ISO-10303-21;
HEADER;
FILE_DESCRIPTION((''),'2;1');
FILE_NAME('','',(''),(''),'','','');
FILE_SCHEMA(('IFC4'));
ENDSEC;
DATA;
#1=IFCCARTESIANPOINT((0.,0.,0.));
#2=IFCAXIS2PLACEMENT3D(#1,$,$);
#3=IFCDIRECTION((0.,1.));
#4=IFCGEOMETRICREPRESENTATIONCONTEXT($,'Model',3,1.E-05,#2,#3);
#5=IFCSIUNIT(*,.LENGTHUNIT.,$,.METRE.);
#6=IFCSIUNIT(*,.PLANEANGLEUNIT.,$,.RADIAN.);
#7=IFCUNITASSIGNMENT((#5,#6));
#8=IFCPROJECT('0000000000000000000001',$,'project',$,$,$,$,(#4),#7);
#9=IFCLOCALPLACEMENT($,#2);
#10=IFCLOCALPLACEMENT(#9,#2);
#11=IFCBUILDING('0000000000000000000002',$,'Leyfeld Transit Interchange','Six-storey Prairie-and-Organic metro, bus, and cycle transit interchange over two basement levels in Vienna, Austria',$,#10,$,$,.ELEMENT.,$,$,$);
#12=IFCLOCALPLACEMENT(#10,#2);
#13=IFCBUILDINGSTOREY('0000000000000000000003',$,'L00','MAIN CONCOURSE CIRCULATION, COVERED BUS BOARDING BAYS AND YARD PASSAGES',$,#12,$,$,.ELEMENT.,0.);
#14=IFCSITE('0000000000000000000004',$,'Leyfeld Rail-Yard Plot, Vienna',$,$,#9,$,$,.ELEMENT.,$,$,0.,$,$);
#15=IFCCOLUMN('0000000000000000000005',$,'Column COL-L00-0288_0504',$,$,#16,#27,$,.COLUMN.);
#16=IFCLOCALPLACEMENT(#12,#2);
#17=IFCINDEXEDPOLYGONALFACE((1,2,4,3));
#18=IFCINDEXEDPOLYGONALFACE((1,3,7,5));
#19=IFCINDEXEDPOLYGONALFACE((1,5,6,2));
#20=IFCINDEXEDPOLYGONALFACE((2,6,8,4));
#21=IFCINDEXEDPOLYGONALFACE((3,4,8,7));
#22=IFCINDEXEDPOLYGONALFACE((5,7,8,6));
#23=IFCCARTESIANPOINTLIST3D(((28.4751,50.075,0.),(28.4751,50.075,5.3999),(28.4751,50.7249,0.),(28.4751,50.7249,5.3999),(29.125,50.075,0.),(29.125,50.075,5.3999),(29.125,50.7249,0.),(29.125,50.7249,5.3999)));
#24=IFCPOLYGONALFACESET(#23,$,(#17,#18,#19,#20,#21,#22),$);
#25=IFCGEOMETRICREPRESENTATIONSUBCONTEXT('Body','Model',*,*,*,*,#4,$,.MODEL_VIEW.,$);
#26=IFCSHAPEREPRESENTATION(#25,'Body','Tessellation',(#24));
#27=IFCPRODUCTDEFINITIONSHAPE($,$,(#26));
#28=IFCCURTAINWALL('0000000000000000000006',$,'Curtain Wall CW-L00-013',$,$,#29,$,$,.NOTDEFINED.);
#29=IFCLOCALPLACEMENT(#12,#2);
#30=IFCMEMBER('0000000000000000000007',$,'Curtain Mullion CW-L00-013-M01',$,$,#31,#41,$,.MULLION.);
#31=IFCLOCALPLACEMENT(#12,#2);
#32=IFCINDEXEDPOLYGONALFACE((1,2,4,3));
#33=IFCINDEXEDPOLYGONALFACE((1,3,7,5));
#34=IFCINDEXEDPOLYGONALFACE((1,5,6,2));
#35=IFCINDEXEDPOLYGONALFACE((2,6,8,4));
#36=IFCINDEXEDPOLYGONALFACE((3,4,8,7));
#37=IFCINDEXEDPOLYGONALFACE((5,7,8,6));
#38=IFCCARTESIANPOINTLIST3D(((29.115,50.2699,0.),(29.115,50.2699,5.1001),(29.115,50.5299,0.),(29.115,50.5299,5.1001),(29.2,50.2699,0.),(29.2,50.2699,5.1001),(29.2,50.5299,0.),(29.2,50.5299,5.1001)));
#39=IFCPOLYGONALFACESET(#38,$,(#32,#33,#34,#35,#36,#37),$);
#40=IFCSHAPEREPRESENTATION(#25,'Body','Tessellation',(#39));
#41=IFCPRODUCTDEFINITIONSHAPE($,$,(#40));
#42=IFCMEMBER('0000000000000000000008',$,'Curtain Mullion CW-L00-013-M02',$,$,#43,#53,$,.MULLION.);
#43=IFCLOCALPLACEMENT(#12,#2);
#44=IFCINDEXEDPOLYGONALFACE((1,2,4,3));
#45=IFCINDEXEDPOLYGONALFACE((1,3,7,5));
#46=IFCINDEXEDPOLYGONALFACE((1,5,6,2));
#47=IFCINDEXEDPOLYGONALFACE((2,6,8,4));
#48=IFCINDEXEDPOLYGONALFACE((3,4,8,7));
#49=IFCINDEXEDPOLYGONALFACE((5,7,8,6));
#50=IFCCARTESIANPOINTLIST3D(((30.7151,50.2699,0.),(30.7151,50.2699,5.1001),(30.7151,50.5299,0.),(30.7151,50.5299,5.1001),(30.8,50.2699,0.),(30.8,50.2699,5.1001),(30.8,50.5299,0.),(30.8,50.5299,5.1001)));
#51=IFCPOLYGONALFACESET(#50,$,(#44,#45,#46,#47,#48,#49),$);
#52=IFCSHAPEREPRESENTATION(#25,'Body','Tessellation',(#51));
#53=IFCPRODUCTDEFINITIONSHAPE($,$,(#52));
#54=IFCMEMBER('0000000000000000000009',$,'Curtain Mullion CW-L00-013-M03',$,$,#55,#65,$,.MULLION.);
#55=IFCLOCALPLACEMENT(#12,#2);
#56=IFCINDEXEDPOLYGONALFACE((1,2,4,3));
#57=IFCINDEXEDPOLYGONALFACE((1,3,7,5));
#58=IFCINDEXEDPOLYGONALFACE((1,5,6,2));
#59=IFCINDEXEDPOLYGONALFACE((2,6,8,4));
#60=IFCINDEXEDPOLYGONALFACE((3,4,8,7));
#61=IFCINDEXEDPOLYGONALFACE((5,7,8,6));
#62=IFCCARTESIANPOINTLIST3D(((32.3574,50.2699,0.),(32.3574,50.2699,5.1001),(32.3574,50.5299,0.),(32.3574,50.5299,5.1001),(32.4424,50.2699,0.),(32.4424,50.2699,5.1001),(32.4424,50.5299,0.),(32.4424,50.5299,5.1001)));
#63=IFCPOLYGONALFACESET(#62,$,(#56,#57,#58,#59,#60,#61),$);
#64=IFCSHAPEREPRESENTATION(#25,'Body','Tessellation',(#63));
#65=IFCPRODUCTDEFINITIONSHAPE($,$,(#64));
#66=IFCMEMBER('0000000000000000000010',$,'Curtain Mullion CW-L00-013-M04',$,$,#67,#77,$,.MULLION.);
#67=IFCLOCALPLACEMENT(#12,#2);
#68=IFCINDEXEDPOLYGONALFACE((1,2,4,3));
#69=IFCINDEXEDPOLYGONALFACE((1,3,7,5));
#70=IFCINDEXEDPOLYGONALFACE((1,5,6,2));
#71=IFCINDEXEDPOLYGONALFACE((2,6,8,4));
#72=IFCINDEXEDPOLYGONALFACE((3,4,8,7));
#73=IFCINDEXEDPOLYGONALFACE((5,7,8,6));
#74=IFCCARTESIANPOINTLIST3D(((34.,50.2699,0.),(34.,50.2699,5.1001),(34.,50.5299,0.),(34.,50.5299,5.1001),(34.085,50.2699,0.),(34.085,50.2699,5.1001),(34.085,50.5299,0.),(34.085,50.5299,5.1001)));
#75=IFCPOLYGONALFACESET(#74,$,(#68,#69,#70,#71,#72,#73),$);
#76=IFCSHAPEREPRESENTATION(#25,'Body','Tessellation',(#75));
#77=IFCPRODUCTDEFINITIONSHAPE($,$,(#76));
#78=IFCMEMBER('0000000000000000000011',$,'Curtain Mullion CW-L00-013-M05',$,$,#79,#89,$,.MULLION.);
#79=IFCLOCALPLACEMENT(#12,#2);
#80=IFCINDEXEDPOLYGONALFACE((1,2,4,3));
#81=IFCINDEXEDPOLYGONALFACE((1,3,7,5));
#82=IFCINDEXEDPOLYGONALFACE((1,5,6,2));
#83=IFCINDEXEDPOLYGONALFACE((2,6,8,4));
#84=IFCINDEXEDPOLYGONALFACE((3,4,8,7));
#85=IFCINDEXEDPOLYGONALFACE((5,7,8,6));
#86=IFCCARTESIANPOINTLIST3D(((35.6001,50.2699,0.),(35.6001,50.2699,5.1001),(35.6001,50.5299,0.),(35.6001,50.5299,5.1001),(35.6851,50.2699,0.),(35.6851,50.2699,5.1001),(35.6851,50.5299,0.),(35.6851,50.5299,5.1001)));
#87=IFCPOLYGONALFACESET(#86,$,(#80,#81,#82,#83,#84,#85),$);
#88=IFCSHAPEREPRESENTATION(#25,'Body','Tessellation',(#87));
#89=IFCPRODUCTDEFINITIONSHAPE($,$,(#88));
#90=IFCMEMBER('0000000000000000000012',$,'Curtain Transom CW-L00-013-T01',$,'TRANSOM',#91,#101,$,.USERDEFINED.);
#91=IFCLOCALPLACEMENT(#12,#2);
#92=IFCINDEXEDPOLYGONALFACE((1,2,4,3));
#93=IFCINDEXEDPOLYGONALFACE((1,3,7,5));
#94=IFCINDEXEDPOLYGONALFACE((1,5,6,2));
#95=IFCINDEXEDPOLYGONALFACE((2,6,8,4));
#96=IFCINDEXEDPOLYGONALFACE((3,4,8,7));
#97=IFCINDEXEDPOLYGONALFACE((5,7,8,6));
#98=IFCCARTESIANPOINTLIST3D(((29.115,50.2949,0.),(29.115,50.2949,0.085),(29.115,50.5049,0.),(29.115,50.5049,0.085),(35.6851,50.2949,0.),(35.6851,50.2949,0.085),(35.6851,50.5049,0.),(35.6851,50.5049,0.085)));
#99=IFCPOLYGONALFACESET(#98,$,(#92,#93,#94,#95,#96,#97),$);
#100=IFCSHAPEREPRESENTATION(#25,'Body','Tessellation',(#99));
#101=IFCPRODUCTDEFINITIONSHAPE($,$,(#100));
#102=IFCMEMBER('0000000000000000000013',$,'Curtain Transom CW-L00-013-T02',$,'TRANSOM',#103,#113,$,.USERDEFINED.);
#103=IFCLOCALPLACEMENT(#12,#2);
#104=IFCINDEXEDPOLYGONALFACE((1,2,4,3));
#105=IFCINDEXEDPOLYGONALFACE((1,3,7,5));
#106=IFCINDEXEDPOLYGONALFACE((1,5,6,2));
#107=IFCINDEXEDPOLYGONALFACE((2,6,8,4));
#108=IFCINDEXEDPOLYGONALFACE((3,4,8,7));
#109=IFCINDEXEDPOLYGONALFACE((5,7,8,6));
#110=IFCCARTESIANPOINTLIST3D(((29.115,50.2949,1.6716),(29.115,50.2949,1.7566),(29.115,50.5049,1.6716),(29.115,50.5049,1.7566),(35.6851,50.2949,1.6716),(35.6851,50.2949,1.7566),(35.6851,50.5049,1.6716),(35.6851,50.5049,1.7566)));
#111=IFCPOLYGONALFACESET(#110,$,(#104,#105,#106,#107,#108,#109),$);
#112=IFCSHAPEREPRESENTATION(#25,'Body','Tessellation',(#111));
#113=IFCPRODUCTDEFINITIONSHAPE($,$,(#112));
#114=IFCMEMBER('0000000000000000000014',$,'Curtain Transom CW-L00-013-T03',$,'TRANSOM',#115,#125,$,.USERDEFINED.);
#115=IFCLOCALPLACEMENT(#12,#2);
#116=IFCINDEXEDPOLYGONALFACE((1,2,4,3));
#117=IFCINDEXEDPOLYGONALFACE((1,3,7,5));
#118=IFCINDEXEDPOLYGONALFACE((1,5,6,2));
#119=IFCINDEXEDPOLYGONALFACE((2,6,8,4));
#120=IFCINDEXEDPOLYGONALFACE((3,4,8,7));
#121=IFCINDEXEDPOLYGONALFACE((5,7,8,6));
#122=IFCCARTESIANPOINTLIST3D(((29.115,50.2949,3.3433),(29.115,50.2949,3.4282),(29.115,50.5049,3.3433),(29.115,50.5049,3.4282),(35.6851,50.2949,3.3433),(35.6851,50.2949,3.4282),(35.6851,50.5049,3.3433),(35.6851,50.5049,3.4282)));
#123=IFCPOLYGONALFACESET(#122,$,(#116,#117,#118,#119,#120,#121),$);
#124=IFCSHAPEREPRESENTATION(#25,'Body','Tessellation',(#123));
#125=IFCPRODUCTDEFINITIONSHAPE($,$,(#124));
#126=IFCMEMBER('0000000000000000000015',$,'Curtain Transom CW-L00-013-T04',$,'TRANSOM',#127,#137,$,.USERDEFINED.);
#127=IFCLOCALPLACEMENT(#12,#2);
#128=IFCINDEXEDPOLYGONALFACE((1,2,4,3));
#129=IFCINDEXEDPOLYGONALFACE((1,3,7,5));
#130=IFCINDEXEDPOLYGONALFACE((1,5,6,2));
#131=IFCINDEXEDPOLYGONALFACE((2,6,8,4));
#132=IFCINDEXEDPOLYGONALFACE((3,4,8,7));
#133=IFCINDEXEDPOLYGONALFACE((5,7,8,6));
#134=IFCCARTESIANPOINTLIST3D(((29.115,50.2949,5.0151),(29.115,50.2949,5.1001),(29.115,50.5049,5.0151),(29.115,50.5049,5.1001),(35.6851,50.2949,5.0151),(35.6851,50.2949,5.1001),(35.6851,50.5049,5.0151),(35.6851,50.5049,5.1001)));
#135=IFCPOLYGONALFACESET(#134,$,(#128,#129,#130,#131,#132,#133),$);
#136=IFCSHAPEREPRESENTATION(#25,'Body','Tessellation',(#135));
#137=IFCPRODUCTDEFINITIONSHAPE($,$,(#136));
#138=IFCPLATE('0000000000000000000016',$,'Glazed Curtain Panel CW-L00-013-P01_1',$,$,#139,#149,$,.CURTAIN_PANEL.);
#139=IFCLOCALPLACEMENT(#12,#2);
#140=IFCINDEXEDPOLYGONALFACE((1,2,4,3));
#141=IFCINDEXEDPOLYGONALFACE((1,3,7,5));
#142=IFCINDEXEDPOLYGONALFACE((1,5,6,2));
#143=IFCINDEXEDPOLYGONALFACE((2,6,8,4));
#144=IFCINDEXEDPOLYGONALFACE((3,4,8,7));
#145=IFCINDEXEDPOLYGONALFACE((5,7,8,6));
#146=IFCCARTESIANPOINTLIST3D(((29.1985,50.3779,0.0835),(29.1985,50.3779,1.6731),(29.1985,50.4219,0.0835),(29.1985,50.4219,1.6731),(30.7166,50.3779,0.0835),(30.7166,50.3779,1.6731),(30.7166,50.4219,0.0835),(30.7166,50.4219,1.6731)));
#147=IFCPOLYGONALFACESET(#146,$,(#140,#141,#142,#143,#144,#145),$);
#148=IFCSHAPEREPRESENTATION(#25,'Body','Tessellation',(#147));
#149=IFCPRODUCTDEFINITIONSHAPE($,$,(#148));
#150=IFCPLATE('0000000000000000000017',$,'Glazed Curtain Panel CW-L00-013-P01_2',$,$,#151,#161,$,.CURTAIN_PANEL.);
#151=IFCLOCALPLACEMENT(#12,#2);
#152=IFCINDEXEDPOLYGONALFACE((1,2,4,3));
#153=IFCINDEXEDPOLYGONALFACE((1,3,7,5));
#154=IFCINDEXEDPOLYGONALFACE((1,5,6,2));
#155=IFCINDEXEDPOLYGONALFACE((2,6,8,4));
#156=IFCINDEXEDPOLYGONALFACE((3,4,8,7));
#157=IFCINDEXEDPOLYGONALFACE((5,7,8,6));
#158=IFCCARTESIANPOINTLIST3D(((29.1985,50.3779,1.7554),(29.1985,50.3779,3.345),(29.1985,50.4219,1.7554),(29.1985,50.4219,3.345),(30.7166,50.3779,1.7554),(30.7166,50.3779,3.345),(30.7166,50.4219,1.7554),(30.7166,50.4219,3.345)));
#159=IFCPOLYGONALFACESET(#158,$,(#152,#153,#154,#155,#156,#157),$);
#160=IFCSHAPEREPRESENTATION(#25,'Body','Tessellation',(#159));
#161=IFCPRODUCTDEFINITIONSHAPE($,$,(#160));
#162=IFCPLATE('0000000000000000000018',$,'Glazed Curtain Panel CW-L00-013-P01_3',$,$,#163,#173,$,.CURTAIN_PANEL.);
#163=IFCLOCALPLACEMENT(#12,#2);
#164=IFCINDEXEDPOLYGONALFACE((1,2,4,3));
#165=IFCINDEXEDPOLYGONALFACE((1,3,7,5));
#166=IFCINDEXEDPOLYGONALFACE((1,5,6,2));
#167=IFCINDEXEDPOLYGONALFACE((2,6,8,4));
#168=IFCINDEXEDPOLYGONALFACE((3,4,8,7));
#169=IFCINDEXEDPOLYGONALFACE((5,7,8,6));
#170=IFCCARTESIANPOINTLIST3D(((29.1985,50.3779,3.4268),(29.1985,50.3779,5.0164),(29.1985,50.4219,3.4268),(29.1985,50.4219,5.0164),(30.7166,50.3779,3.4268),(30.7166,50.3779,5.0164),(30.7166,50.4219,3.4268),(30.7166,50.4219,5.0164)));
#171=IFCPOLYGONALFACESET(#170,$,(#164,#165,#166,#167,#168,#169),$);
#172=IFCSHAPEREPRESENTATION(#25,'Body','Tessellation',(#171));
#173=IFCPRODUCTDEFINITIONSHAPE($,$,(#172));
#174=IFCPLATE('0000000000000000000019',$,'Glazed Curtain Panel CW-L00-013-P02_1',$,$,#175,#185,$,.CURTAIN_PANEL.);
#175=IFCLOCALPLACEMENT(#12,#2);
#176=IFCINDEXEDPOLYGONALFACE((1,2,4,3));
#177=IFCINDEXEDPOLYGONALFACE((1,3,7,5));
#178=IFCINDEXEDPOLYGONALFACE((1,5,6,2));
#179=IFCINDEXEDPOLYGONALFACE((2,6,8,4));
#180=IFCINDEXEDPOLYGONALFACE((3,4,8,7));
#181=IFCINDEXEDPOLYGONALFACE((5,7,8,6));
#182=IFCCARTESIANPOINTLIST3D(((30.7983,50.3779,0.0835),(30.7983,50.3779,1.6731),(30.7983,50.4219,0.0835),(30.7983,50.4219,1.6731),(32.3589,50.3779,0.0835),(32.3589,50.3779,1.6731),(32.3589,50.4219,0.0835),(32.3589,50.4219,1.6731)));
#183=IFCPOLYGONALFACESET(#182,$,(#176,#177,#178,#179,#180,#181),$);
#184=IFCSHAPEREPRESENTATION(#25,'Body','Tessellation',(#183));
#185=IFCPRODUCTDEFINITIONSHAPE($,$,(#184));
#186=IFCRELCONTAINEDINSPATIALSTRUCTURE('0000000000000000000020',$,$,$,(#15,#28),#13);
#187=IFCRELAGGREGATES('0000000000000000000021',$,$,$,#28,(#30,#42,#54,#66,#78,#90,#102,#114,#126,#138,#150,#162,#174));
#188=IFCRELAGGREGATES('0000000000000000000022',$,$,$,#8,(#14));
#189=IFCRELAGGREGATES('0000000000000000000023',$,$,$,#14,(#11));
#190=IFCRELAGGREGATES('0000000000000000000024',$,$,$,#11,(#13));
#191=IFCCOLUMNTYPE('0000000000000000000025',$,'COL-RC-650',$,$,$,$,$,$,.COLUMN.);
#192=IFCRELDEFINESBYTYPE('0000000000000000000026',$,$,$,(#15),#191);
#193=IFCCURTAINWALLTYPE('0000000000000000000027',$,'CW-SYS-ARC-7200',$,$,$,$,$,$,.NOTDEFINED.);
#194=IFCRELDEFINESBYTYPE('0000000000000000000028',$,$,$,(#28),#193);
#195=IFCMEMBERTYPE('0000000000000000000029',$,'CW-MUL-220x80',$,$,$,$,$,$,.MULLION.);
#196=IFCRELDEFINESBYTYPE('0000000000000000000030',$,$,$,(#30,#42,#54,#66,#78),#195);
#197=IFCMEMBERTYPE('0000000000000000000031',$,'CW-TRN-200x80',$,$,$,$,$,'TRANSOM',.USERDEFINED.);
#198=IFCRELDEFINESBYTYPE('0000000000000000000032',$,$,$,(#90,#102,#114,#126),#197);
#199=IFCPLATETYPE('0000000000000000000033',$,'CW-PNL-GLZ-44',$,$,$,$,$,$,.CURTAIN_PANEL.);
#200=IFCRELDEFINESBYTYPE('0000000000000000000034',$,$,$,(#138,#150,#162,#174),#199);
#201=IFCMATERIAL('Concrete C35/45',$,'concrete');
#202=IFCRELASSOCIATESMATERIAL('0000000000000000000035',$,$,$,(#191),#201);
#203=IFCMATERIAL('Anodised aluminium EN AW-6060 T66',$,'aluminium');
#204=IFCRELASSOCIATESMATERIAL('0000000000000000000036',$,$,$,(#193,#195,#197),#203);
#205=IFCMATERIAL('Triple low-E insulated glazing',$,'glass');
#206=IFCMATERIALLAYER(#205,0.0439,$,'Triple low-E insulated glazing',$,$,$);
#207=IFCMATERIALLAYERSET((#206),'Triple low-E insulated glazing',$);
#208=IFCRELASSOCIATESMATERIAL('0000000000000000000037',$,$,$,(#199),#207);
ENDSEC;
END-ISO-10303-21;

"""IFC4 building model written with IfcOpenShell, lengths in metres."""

from ifc_helpers import new_model, si_unit, direction, frame, origin, origin_2d, place, context, subcontext, project, spatial, rectangle, extrude, material, layer, layer_set, material_profile, profile_set, type_object, element, aggregate, save


model = new_model("IFC4")

# Units and contexts
model_context = context("Model", 3, precision=1e-05, world=origin(), true_north=direction((0.0, 1.0)))
body_context = subcontext(model_context, "Body", "Model", "MODEL_VIEW")
ifc_project = project(units=[si_unit("LENGTHUNIT", "METRE"), si_unit("PLANEANGLEUNIT", "RADIAN")], contexts=[model_context])

# Site, building, storey
site_placement = place(None, origin())
site = spatial("IfcSite", under=ifc_project, at=site_placement, Name="Leyfeld Rail-Yard Plot, Vienna", CompositionType="ELEMENT", RefElevation=0.0)
building_placement = place(site_placement, origin())
building = spatial("IfcBuilding", under=site, at=building_placement, Name="Leyfeld Transit Interchange", Description="Six-storey Prairie-and-Organic metro, bus, and cycle transit interchange over two basement levels in Vienna, Austria", CompositionType="ELEMENT")
storey_placement = place(building_placement, origin())
storey = spatial("IfcBuildingStorey", under=building, at=storey_placement, Name="L00", Description="MAIN CONCOURSE CIRCULATION, COVERED BUS BOARDING BAYS AND YARD PASSAGES", CompositionType="ELEMENT", Elevation=0.0)

# Column
ifc_material_1 = material(Name="Concrete C35/45", Category="concrete")
ifc_material_profile_1 = material_profile(ifc_material_1, rectangle(XDim=0.6499, YDim=0.6499, at=origin_2d()), Name="RC 650x650")
ifc_profile_set_1 = profile_set([ifc_material_profile_1], Name="Concrete C35/45")
column_type = type_object("IfcColumnType", Name="COL-RC-650", PredefinedType="COLUMN", material=ifc_profile_set_1)
column_placement = place(storey_placement, frame((28.8, 50.3999, 0.0), z_axis=(0.0, 0.0, 1.0), x_axis=(1.0, 0.0, 0.0)))
element("IfcColumn", 1, at=column_placement, inside=storey, type_object=column_type, Name="Column COL-L00-0288_0504", PredefinedType="COLUMN", context=body_context, shape_type="SweptSolid", body=[
    extrude(rectangle(XDim=0.6499, YDim=0.6499, at=origin_2d()), origin(), (0.0, 0.0, 1.0), 5.3999),
])

# Curtain wall, members, plates
ifc_material_2 = material(Name="Anodised aluminium EN AW-6060 T66", Category="aluminium")
curtain_wall_type = type_object("IfcCurtainWallType", Name="CW-SYS-ARC-7200", PredefinedType="NOTDEFINED", material=ifc_material_2)
curtain_wall_placement = place(storey_placement, origin())
curtain_wall = element("IfcCurtainWall", 2, at=curtain_wall_placement, inside=storey, type_object=curtain_wall_type, Name="Curtain Wall CW-L00-013", PredefinedType="NOTDEFINED")
ifc_material_profile_2 = material_profile(ifc_material_2, rectangle(XDim=0.085, YDim=0.26, at=origin_2d()), Name="CW-M 85x260")
ifc_profile_set_2 = profile_set([ifc_material_profile_2], Name="Anodised aluminium EN AW-6060 T66")
member_type_1 = type_object("IfcMemberType", Name="CW-MUL-220x80", PredefinedType="MULLION", material=ifc_profile_set_2)
member_1_placement = place(storey_placement, frame((29.1575, 50.3999, 0.0), z_axis=(0.0, 0.0, 1.0), x_axis=(1.0, 0.0, 0.0)))
member_1 = element("IfcMember", 3, at=member_1_placement, type_object=member_type_1, Name="Curtain Mullion CW-L00-013-M01", PredefinedType="MULLION", context=body_context, shape_type="SweptSolid", body=[
    extrude(rectangle(XDim=0.085, YDim=0.26, at=origin_2d()), origin(), (0.0, 0.0, 1.0), 5.1001),
])
member_2_placement = place(storey_placement, frame((30.7576, 50.3999, 0.0), z_axis=(0.0, 0.0, 1.0), x_axis=(1.0, 0.0, 0.0)))
member_2 = element("IfcMember", 4, at=member_2_placement, type_object=member_type_1, Name="Curtain Mullion CW-L00-013-M02", PredefinedType="MULLION", context=body_context, shape_type="SweptSolid", body=[
    extrude(rectangle(XDim=0.085, YDim=0.26, at=origin_2d()), origin(), (0.0, 0.0, 1.0), 5.1001),
])
member_3_placement = place(storey_placement, frame((32.3999, 50.3999, 0.0), z_axis=(0.0, 0.0, 1.0), x_axis=(1.0, 0.0, 0.0)))
member_3 = element("IfcMember", 5, at=member_3_placement, type_object=member_type_1, Name="Curtain Mullion CW-L00-013-M03", PredefinedType="MULLION", context=body_context, shape_type="SweptSolid", body=[
    extrude(rectangle(XDim=0.085, YDim=0.26, at=origin_2d()), origin(), (0.0, 0.0, 1.0), 5.1001),
])
member_4_placement = place(storey_placement, frame((34.0425, 50.3999, 0.0), z_axis=(0.0, 0.0, 1.0), x_axis=(1.0, 0.0, 0.0)))
member_4 = element("IfcMember", 6, at=member_4_placement, type_object=member_type_1, Name="Curtain Mullion CW-L00-013-M04", PredefinedType="MULLION", context=body_context, shape_type="SweptSolid", body=[
    extrude(rectangle(XDim=0.085, YDim=0.26, at=origin_2d()), origin(), (0.0, 0.0, 1.0), 5.1001),
])
member_5_placement = place(storey_placement, frame((35.6426, 50.3999, 0.0), z_axis=(0.0, 0.0, 1.0), x_axis=(1.0, 0.0, 0.0)))
member_5 = element("IfcMember", 7, at=member_5_placement, type_object=member_type_1, Name="Curtain Mullion CW-L00-013-M05", PredefinedType="MULLION", context=body_context, shape_type="SweptSolid", body=[
    extrude(rectangle(XDim=0.085, YDim=0.26, at=origin_2d()), origin(), (0.0, 0.0, 1.0), 5.1001),
])
ifc_material_profile_3 = material_profile(ifc_material_2, rectangle(XDim=0.21, YDim=0.085, at=origin_2d()), Name="CW-TRN-200x80")
ifc_profile_set_3 = profile_set([ifc_material_profile_3], Name="Anodised aluminium EN AW-6060 T66")
member_type_2 = type_object("IfcMemberType", Name="CW-TRN-200x80", ElementType="TRANSOM", PredefinedType="USERDEFINED", material=ifc_profile_set_3)
member_6_placement = place(storey_placement, frame((29.115, 50.3999, 0.0425), z_axis=(1.0, 0.0, 0.0), x_axis=(0.0, 1.0, 0.0)))
member_6 = element("IfcMember", 8, at=member_6_placement, type_object=member_type_2, Name="Curtain Transom CW-L00-013-T01", ObjectType="TRANSOM", PredefinedType="USERDEFINED", context=body_context, shape_type="SweptSolid", body=[
    extrude(rectangle(XDim=0.21, YDim=0.085, at=origin_2d()), origin(), (0.0, 0.0, 1.0), 6.5701),
])
member_7_placement = place(storey_placement, frame((29.115, 50.3999, 1.7141), z_axis=(1.0, 0.0, 0.0), x_axis=(0.0, 1.0, 0.0)))
member_7 = element("IfcMember", 9, at=member_7_placement, type_object=member_type_2, Name="Curtain Transom CW-L00-013-T02", ObjectType="TRANSOM", PredefinedType="USERDEFINED", context=body_context, shape_type="SweptSolid", body=[
    extrude(rectangle(XDim=0.21, YDim=0.085, at=origin_2d()), origin(), (0.0, 0.0, 1.0), 6.5701),
])
member_8_placement = place(storey_placement, frame((29.115, 50.3999, 3.3857), z_axis=(1.0, 0.0, 0.0), x_axis=(0.0, 1.0, 0.0)))
member_8 = element("IfcMember", 10, at=member_8_placement, type_object=member_type_2, Name="Curtain Transom CW-L00-013-T03", ObjectType="TRANSOM", PredefinedType="USERDEFINED", context=body_context, shape_type="SweptSolid", body=[
    extrude(rectangle(XDim=0.21, YDim=0.085, at=origin_2d()), origin(), (0.0, 0.0, 1.0), 6.5701),
])
member_9_placement = place(storey_placement, frame((29.115, 50.3999, 5.0576), z_axis=(1.0, 0.0, 0.0), x_axis=(0.0, 1.0, 0.0)))
member_9 = element("IfcMember", 11, at=member_9_placement, type_object=member_type_2, Name="Curtain Transom CW-L00-013-T04", ObjectType="TRANSOM", PredefinedType="USERDEFINED", context=body_context, shape_type="SweptSolid", body=[
    extrude(rectangle(XDim=0.21, YDim=0.085, at=origin_2d()), origin(), (0.0, 0.0, 1.0), 6.5701),
])
ifc_material_3 = material(Name="Triple low-E insulated glazing", Category="glass")
ifc_layer = layer(ifc_material_3, 0.0439, Name="Triple low-E insulated glazing")
ifc_layer_set = layer_set([ifc_layer], Name="Triple low-E insulated glazing")
plate_type = type_object("IfcPlateType", Name="CW-PNL-GLZ-44", PredefinedType="CURTAIN_PANEL", material=ifc_layer_set)
plate_1_placement = place(storey_placement, frame((29.9575, 50.3999, 0.0835), z_axis=(0.0, 0.0, 1.0), x_axis=(1.0, 0.0, 0.0)))
plate_1 = element("IfcPlate", 12, at=plate_1_placement, type_object=plate_type, Name="Glazed Curtain Panel CW-L00-013-P01_1", PredefinedType="CURTAIN_PANEL", context=body_context, shape_type="SweptSolid", body=[
    extrude(rectangle(XDim=1.5181, YDim=0.0439, at=origin_2d()), origin(), (0.0, 0.0, 1.0), 1.5896),
])
plate_2_placement = place(storey_placement, frame((29.9575, 50.3999, 1.7554), z_axis=(0.0, 0.0, 1.0), x_axis=(1.0, 0.0, 0.0)))
plate_2 = element("IfcPlate", 13, at=plate_2_placement, type_object=plate_type, Name="Glazed Curtain Panel CW-L00-013-P01_2", PredefinedType="CURTAIN_PANEL", context=body_context, shape_type="SweptSolid", body=[
    extrude(rectangle(XDim=1.5181, YDim=0.0439, at=origin_2d()), origin(), (0.0, 0.0, 1.0), 1.5896),
])
plate_3_placement = place(storey_placement, frame((29.9575, 50.3999, 3.4268), z_axis=(0.0, 0.0, 1.0), x_axis=(1.0, 0.0, 0.0)))
plate_3 = element("IfcPlate", 14, at=plate_3_placement, type_object=plate_type, Name="Glazed Curtain Panel CW-L00-013-P01_3", PredefinedType="CURTAIN_PANEL", context=body_context, shape_type="SweptSolid", body=[
    extrude(rectangle(XDim=1.5181, YDim=0.0439, at=origin_2d()), origin(), (0.0, 0.0, 1.0), 1.5896),
])
plate_4_placement = place(storey_placement, frame((31.5786, 50.3999, 0.0835), z_axis=(0.0, 0.0, 1.0), x_axis=(1.0, 0.0, 0.0)))
plate_4 = element("IfcPlate", 15, at=plate_4_placement, type_object=plate_type, Name="Glazed Curtain Panel CW-L00-013-P02_1", PredefinedType="CURTAIN_PANEL", context=body_context, shape_type="SweptSolid", body=[
    extrude(rectangle(XDim=1.5605, YDim=0.0439, at=origin_2d()), origin(), (0.0, 0.0, 1.0), 1.5896),
])
aggregate(curtain_wall, [member_1, member_2, member_3, member_4, member_5, member_6, member_7, member_8, member_9, plate_1, plate_2, plate_3, plate_4])

save(model, "model.ifc")
